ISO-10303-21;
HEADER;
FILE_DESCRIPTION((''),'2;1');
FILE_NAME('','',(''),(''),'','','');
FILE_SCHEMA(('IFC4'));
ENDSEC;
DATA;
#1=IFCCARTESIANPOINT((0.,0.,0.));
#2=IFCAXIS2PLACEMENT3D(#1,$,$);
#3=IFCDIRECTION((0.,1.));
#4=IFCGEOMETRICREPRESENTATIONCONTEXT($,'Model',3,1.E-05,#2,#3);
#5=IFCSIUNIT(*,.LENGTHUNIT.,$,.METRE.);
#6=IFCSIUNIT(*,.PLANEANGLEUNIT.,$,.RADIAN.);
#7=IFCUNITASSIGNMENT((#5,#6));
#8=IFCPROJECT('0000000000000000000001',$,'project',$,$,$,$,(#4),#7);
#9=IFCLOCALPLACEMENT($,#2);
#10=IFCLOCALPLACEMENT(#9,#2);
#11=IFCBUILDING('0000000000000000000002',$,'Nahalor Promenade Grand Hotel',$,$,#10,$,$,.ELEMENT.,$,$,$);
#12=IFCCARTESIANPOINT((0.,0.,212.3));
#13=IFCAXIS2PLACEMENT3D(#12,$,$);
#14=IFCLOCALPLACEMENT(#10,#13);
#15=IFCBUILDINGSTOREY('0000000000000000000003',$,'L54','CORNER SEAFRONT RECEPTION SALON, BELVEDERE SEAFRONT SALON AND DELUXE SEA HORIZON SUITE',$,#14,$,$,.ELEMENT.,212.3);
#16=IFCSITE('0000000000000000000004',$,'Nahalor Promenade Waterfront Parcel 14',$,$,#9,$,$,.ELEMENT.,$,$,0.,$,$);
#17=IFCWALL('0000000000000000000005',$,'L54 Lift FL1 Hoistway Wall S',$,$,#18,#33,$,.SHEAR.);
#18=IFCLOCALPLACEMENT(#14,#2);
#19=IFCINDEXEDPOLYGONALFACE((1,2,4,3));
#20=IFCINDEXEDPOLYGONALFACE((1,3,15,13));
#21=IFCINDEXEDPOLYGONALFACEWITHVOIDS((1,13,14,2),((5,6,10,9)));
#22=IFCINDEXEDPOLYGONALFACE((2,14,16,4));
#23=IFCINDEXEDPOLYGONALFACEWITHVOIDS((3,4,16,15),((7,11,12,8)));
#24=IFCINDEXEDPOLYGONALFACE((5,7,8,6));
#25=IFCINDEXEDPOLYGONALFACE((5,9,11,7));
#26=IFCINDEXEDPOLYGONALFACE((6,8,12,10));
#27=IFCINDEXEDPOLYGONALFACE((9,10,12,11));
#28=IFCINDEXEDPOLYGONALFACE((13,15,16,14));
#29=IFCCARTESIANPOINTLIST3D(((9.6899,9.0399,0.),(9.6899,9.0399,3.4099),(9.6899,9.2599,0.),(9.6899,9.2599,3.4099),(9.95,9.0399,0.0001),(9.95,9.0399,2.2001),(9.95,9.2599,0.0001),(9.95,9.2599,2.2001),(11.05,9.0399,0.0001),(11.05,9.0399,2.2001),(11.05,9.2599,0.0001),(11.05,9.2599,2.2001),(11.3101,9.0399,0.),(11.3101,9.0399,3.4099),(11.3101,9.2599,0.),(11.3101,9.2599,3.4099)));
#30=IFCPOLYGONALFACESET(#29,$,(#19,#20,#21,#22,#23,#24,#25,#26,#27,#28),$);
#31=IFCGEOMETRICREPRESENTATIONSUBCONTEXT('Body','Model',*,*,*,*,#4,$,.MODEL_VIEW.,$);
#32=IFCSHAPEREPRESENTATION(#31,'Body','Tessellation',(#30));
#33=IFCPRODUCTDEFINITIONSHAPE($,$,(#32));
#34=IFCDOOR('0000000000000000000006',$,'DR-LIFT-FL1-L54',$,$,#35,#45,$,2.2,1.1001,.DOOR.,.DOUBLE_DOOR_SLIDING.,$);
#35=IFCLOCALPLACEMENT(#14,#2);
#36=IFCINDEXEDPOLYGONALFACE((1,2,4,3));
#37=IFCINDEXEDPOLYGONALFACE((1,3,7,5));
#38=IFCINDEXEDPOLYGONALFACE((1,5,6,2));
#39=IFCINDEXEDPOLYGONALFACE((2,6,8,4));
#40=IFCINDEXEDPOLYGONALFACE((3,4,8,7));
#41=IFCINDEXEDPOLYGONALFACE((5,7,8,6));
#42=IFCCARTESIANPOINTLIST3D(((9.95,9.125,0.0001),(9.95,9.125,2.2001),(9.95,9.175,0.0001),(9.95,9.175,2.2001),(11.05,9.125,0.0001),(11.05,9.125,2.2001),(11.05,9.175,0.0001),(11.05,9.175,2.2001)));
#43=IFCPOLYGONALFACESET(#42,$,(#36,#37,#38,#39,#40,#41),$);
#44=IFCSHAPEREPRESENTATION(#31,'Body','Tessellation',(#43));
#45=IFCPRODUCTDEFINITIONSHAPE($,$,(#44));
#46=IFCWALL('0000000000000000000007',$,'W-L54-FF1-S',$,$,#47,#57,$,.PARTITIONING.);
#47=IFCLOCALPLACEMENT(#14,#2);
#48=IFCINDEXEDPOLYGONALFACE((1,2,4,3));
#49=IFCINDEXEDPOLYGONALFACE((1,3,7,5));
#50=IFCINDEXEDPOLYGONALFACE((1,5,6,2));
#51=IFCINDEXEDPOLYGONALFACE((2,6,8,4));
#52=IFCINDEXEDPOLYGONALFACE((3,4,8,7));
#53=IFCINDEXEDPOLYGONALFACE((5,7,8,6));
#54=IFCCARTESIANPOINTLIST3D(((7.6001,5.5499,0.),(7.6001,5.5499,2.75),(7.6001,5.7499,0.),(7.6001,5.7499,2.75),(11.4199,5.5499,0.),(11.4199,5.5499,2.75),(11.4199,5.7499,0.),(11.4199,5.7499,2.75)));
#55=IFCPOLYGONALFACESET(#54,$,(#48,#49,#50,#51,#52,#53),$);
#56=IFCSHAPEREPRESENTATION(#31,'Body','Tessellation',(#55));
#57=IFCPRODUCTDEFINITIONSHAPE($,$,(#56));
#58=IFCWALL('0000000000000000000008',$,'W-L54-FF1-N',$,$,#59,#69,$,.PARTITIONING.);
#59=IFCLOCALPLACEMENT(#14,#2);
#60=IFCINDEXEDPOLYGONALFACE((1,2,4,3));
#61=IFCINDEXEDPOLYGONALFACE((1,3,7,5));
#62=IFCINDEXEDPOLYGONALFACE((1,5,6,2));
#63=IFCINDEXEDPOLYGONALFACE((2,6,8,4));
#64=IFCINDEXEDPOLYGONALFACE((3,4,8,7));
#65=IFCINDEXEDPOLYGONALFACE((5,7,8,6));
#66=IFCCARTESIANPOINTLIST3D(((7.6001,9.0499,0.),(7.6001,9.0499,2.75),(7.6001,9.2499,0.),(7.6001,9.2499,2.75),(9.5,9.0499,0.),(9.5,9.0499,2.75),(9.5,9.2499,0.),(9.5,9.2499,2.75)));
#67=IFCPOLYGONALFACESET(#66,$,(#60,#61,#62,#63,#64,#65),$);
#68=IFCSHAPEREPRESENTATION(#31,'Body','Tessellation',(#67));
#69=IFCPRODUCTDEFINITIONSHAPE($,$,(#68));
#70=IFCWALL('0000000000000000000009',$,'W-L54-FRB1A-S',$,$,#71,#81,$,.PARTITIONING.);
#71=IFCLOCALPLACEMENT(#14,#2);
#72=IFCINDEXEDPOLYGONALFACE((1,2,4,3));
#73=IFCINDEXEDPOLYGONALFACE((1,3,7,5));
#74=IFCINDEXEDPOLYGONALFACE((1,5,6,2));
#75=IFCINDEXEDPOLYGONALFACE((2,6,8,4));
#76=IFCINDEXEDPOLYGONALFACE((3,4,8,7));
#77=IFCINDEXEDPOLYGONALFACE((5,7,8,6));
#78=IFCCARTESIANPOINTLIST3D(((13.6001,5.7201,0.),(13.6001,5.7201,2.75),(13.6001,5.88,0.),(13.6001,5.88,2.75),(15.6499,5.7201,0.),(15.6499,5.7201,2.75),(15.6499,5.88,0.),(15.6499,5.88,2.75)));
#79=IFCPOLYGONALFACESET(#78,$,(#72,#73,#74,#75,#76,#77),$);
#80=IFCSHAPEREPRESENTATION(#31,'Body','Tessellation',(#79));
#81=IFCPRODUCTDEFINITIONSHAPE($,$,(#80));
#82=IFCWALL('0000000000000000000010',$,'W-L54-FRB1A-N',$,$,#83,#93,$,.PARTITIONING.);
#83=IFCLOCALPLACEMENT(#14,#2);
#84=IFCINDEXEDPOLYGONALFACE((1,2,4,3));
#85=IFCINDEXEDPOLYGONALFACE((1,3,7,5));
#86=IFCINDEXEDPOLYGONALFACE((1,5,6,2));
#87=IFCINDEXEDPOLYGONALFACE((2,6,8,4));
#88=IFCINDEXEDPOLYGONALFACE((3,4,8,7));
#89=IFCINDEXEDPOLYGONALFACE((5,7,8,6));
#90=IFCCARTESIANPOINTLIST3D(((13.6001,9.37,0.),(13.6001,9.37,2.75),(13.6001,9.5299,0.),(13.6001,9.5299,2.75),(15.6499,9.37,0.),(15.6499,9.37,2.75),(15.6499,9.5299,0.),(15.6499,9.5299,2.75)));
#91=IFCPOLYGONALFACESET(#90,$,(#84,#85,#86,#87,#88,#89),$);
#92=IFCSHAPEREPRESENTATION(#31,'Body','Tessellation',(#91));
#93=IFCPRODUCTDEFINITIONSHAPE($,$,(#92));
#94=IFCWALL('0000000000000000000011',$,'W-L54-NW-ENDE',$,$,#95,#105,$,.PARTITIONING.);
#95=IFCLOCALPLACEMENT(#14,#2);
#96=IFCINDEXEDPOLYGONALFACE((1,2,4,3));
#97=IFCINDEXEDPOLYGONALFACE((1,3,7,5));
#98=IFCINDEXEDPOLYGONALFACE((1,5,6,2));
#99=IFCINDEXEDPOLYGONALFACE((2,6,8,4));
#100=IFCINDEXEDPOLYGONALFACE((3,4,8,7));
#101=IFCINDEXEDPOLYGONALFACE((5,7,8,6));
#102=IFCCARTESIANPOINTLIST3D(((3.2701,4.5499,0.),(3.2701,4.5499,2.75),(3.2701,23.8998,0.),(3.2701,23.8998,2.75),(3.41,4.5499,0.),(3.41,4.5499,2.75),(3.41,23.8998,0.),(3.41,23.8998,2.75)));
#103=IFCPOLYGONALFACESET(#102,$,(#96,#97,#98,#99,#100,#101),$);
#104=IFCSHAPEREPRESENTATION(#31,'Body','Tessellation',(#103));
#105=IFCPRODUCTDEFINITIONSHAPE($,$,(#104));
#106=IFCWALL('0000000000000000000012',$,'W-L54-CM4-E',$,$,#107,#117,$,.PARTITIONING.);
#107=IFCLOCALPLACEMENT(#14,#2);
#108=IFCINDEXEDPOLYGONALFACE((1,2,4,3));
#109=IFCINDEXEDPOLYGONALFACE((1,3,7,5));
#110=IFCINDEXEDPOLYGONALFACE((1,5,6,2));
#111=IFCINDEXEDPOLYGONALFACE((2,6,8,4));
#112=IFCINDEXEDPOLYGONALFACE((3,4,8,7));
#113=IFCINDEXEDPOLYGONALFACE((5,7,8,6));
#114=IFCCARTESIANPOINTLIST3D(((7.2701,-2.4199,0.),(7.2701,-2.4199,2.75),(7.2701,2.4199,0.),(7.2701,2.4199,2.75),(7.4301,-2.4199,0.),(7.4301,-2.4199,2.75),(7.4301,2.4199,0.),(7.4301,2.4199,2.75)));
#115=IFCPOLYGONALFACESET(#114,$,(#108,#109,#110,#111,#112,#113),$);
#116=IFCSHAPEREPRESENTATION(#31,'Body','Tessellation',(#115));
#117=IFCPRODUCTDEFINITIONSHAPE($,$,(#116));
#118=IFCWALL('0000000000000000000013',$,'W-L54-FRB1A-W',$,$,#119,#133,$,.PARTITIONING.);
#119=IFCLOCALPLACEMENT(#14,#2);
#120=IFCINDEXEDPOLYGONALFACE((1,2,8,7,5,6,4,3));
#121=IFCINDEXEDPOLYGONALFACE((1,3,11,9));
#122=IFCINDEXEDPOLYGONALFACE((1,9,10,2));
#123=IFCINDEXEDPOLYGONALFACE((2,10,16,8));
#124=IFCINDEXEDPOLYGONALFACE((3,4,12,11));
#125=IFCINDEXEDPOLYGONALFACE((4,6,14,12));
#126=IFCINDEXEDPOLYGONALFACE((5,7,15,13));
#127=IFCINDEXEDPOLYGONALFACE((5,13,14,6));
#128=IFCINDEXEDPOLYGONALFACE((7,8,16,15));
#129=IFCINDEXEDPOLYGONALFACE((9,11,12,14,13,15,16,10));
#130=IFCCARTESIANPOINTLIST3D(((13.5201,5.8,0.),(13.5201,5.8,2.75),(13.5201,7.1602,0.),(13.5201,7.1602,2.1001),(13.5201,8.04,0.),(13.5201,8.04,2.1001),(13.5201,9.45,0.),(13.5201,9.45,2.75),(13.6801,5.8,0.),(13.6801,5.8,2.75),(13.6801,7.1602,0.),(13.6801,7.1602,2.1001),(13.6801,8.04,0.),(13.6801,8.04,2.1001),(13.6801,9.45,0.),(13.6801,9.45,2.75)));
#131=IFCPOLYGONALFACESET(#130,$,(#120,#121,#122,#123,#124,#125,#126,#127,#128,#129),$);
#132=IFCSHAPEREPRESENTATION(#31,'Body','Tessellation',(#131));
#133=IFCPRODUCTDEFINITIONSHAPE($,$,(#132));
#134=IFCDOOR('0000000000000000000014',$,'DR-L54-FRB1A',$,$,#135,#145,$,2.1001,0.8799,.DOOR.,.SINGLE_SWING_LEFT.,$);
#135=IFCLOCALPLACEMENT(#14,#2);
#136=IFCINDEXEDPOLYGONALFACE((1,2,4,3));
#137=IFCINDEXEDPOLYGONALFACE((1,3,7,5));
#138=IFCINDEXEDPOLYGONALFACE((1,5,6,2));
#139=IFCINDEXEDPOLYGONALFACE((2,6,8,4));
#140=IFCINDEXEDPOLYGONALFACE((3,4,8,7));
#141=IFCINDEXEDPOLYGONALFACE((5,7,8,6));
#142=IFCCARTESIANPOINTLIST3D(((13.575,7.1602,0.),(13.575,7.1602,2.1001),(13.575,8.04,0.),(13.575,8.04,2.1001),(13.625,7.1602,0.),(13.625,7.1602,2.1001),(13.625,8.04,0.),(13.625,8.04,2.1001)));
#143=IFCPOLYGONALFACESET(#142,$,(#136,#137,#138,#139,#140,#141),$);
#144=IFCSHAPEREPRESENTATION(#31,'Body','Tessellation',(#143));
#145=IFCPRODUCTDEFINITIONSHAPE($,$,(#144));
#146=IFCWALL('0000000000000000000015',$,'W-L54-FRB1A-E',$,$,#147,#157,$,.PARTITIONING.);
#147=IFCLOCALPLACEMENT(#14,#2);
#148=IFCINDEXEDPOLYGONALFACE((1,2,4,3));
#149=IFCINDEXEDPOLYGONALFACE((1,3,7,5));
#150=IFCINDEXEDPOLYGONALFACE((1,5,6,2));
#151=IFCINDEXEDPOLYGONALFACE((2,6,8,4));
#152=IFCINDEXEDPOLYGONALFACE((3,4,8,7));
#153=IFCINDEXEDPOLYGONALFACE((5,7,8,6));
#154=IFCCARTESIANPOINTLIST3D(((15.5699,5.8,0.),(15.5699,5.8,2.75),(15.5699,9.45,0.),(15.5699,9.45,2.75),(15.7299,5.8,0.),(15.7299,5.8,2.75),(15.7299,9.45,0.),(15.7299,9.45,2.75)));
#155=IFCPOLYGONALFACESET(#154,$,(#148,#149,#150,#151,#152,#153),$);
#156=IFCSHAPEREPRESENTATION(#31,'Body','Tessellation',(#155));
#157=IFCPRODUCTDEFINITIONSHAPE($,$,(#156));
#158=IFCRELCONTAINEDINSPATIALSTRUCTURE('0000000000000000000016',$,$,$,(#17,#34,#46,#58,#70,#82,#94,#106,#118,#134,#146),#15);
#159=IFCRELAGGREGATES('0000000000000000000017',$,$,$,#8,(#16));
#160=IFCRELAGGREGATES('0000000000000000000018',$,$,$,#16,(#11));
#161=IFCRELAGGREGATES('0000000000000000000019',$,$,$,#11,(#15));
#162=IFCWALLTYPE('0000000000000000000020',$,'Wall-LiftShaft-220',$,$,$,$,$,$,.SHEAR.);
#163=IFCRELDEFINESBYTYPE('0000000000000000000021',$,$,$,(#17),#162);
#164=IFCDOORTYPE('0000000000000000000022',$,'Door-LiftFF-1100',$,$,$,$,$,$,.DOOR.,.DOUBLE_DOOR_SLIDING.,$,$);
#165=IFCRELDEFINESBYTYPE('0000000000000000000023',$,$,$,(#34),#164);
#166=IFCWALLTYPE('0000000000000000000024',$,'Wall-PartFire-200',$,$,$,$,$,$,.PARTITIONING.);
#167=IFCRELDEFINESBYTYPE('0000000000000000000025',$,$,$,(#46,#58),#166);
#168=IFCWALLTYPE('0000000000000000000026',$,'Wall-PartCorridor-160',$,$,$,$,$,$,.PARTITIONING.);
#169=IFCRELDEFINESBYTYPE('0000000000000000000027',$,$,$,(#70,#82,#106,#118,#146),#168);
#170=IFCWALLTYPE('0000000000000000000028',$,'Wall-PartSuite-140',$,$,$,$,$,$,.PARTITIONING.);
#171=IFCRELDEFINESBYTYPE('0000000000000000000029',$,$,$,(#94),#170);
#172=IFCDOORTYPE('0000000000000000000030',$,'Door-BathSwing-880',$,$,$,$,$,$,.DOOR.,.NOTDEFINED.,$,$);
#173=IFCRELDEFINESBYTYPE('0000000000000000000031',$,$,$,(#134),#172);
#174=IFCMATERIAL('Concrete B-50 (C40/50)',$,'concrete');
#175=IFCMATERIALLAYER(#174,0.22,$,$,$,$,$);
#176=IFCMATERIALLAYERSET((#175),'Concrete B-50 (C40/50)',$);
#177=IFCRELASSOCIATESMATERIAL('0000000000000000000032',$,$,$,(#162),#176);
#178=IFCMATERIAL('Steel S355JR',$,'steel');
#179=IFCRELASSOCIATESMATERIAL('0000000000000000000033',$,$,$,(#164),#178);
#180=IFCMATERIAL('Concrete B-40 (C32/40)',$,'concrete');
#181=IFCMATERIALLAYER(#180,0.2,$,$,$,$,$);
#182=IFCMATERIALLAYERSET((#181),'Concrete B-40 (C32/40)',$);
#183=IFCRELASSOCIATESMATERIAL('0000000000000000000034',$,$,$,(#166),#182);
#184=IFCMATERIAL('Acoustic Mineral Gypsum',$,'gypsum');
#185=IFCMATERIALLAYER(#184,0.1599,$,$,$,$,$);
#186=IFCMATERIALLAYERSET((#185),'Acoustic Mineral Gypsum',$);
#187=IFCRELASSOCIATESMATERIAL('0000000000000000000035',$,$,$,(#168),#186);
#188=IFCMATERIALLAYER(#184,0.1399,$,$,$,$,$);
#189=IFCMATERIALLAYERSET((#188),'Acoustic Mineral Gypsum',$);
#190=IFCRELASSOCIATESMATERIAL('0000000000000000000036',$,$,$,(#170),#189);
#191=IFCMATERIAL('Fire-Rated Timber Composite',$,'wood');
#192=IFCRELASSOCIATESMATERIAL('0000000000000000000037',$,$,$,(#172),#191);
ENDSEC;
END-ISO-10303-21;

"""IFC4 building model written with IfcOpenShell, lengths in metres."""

from ifc_helpers import new_model, si_unit, direction, frame, frame_2d, origin, place, context, subcontext, project, spatial, rectangle, extrude, source, transform, mapped, material, layer, layer_set, type_object, element, fill, save


model = new_model("IFC4")

# Units and contexts
model_context = context("Model", 3, precision=1e-05, world=origin(), true_north=direction((0.0, 1.0)))
body_context = subcontext(model_context, "Body", "Model", "MODEL_VIEW")
ifc_project = project(units=[si_unit("LENGTHUNIT", "METRE"), si_unit("PLANEANGLEUNIT", "RADIAN")], contexts=[model_context])

# Site, building, storey
site_placement = place(None, origin())
site = spatial("IfcSite", under=ifc_project, at=site_placement, Name="Nahalor Promenade Waterfront Parcel 14", CompositionType="ELEMENT", RefElevation=0.0)
building_placement = place(site_placement, origin())
building = spatial("IfcBuilding", under=site, at=building_placement, Name="Nahalor Promenade Grand Hotel", CompositionType="ELEMENT")
storey_placement = place(building_placement, frame((0.0, 0.0, 212.3)))
storey = spatial("IfcBuildingStorey", under=building, at=storey_placement, Name="L54", Description="CORNER SEAFRONT RECEPTION SALON, BELVEDERE SEAFRONT SALON AND DELUXE SEA HORIZON SUITE", CompositionType="ELEMENT", Elevation=212.3)

# Shared definitions
ifc_material_1 = material(Name="Steel S355JR", Category="steel")

# Shared definitions
ifc_material_2 = material(Name="Concrete B-50 (C40/50)", Category="concrete")

# Shared definitions
ifc_layer_1 = layer(ifc_material_2, 0.22)
ifc_layer_set_1 = layer_set([ifc_layer_1], Name="Concrete B-50 (C40/50)")
wall_type_1 = type_object("IfcWallType", Name="Wall-LiftShaft-220", PredefinedType="SHEAR", material=ifc_layer_set_1)

# Wall, opening, door
shared_shape_1 = source(origin(), body_context, "Body", "SweptSolid", [
    extrude(rectangle(XDim=1.6201, YDim=0.22, at=frame_2d((0.8101, 0.0))), origin(), (0.0, 0.0, 1.0), 3.4099),
])
wall_1_placement = place(storey_placement, frame((9.6899, 9.1499, 0.0), z_axis=(0.0, 0.0, 1.0), x_axis=(1.0, 0.0, 0.0)))
wall_1 = element("IfcWall", 1, at=wall_1_placement, inside=storey, type_object=wall_type_1, Name="L54 Lift FL1 Hoistway Wall S", PredefinedType="SHEAR", context=body_context, shape_type="MappedRepresentation", body=[
    mapped(shared_shape_1, transform((0.0, 0.0, 0.0), scale=1.0)),
])
opening_1_placement = place(wall_1_placement, frame((0.26, 0.0, 0.0)))
opening_1 = element("IfcOpeningElement", 2, at=opening_1_placement, cuts=wall_1, PredefinedType="OPENING", context=body_context, shape_type="SweptSolid", body=[
    extrude(rectangle(XDim=1.1001, YDim=2.2, at=frame_2d((0.55, 1.1001))), frame((0.0, 0.1199, 0.0), z_axis=(0.0, -1.0, 0.0), x_axis=(1.0, 0.0, 0.0)), (0.0, 0.0, 1.0), 0.24),
])
door_type_1 = type_object("IfcDoorType", Name="Door-LiftFF-1100", OperationType="DOUBLE_DOOR_SLIDING", PredefinedType="DOOR", material=ifc_material_1)
shared_shape_2 = source(origin(), body_context, "Body", "SweptSolid", [
    extrude(rectangle(XDim=1.1001, YDim=2.2, at=frame_2d((0.55, 1.1001))), frame((0.0, 0.0249, 0.0), z_axis=(0.0, -1.0, 0.0), x_axis=(1.0, 0.0, 0.0)), (0.0, 0.0, 1.0), 0.05),
])
door_1_placement = place(opening_1_placement, frame((1.1001, 0.0, 0.0), z_axis=(0.0, 0.0, 1.0), x_axis=(-1.0, 0.0, 0.0)))
door_1 = element("IfcDoor", 3, at=door_1_placement, inside=storey, type_object=door_type_1, Name="DR-LIFT-FL1-L54", OperationType="DOUBLE_DOOR_SLIDING", OverallHeight=2.2, OverallWidth=1.1001, PredefinedType="DOOR", context=body_context, shape_type="MappedRepresentation", body=[
    mapped(shared_shape_2, transform((0.0, 0.0, 0.0), scale=1.0)),
])
fill(opening_1, door_1)

# Walls
ifc_material_3 = material(Name="Concrete B-40 (C32/40)", Category="concrete")
ifc_layer_2 = layer(ifc_material_3, 0.2)
ifc_layer_set_2 = layer_set([ifc_layer_2], Name="Concrete B-40 (C32/40)")
wall_type_2 = type_object("IfcWallType", Name="Wall-PartFire-200", PredefinedType="PARTITIONING", material=ifc_layer_set_2)
shared_shape_3 = source(origin(), body_context, "Body", "SweptSolid", [
    extrude(rectangle(XDim=3.8198, YDim=0.2, at=frame_2d((1.9099, 0.0))), origin(), (0.0, 0.0, 1.0), 2.75),
])
wall_2_placement = place(storey_placement, frame((7.6001, 5.6499, 0.0), z_axis=(0.0, 0.0, 1.0), x_axis=(1.0, 0.0, 0.0)))
element("IfcWall", 4, at=wall_2_placement, inside=storey, type_object=wall_type_2, Name="W-L54-FF1-S", PredefinedType="PARTITIONING", context=body_context, shape_type="MappedRepresentation", body=[
    mapped(shared_shape_3, transform((0.0, 0.0, 0.0), scale=1.0)),
])
shared_shape_4 = source(origin(), body_context, "Body", "SweptSolid", [
    extrude(rectangle(XDim=1.8999, YDim=0.2, at=frame_2d((0.95, 0.0))), origin(), (0.0, 0.0, 1.0), 2.75),
])
wall_3_placement = place(storey_placement, frame((7.6001, 9.1499, 0.0), z_axis=(0.0, 0.0, 1.0), x_axis=(1.0, 0.0, 0.0)))
element("IfcWall", 5, at=wall_3_placement, inside=storey, type_object=wall_type_2, Name="W-L54-FF1-N", PredefinedType="PARTITIONING", context=body_context, shape_type="MappedRepresentation", body=[
    mapped(shared_shape_4, transform((0.0, 0.0, 0.0), scale=1.0)),
])

# Walls
ifc_material_4 = material(Name="Acoustic Mineral Gypsum", Category="gypsum")
ifc_layer_3 = layer(ifc_material_4, 0.1599)
ifc_layer_set_3 = layer_set([ifc_layer_3], Name="Acoustic Mineral Gypsum")
wall_type_3 = type_object("IfcWallType", Name="Wall-PartCorridor-160", PredefinedType="PARTITIONING", material=ifc_layer_set_3)
shared_shape_5 = source(origin(), body_context, "Body", "SweptSolid", [
    extrude(rectangle(XDim=2.0498, YDim=0.1599, at=frame_2d((1.0249, 0.0))), origin(), (0.0, 0.0, 1.0), 2.75),
])
for number, where, z_axis, x_axis, name in (
    (6, (13.6001, 5.8, 0.0), (0.0, 0.0, 1.0), (1.0, 0.0, 0.0), "W-L54-FRB1A-S"),
    (7, (13.6001, 9.45, 0.0), (0.0, 0.0, 1.0), (1.0, 0.0, 0.0), "W-L54-FRB1A-N"),
):
    element("IfcWall", number, at=place(storey_placement, frame(where, z_axis=z_axis, x_axis=x_axis)), inside=storey, type_object=wall_type_3, Name=name, PredefinedType="PARTITIONING", context=body_context, shape_type="MappedRepresentation", body=[
        mapped(shared_shape_5, transform((0.0, 0.0, 0.0), scale=1.0)),
    ])
ifc_layer_4 = layer(ifc_material_4, 0.1399)
ifc_layer_set_4 = layer_set([ifc_layer_4], Name="Acoustic Mineral Gypsum")
wall_type_4 = type_object("IfcWallType", Name="Wall-PartSuite-140", PredefinedType="PARTITIONING", material=ifc_layer_set_4)
shared_shape_6 = source(origin(), body_context, "Body", "SweptSolid", [
    extrude(rectangle(XDim=19.3499, YDim=0.1399, at=frame_2d((9.6748, 0.0))), origin(), (0.0, 0.0, 1.0), 2.75),
])
wall_4_placement = place(storey_placement, frame((3.3401, 4.55, 0.0), z_axis=(0.0, 0.0, 1.0), x_axis=(0.0, 1.0, 0.0)))
element("IfcWall", 8, at=wall_4_placement, inside=storey, type_object=wall_type_4, Name="W-L54-NW-ENDE", PredefinedType="PARTITIONING", context=body_context, shape_type="MappedRepresentation", body=[
    mapped(shared_shape_6, transform((0.0, 0.0, 0.0), scale=1.0)),
])
shared_shape_7 = source(origin(), body_context, "Body", "SweptSolid", [
    extrude(rectangle(XDim=4.8398, YDim=0.1599, at=frame_2d((2.4199, 0.0))), origin(), (0.0, 0.0, 1.0), 2.75),
])
wall_5_placement = place(storey_placement, frame((7.3501, -2.4199, 0.0), z_axis=(0.0, 0.0, 1.0), x_axis=(0.0, 1.0, 0.0)))
element("IfcWall", 9, at=wall_5_placement, inside=storey, type_object=wall_type_3, Name="W-L54-CM4-E", PredefinedType="PARTITIONING", context=body_context, shape_type="MappedRepresentation", body=[
    mapped(shared_shape_7, transform((0.0, 0.0, 0.0), scale=1.0)),
])

# Wall, opening, door
shared_shape_8 = source(origin(), body_context, "Body", "SweptSolid", [
    extrude(rectangle(XDim=3.6499, YDim=0.1599, at=frame_2d((1.825, 0.0))), origin(), (0.0, 0.0, 1.0), 2.75),
])
wall_6_placement = place(storey_placement, frame((13.6001, 5.8, 0.0), z_axis=(0.0, 0.0, 1.0), x_axis=(0.0, 1.0, 0.0)))
wall_6 = element("IfcWall", 10, at=wall_6_placement, inside=storey, type_object=wall_type_3, Name="W-L54-FRB1A-W", PredefinedType="PARTITIONING", context=body_context, shape_type="MappedRepresentation", body=[
    mapped(shared_shape_8, transform((0.0, 0.0, 0.0), scale=1.0)),
])
opening_2_placement = place(wall_6_placement, frame((1.3601, 0.0, 0.0)))
opening_2 = element("IfcOpeningElement", 11, at=opening_2_placement, cuts=wall_6, PredefinedType="OPENING", context=body_context, shape_type="SweptSolid", body=[
    extrude(rectangle(XDim=0.8799, YDim=2.1001, at=frame_2d((0.4399, 1.05))), frame((0.0, 0.0898, 0.0), z_axis=(0.0, -1.0, 0.0), x_axis=(1.0, 0.0, 0.0)), (0.0, 0.0, 1.0), 0.1799),
])
ifc_material_5 = material(Name="Fire-Rated Timber Composite", Category="wood")
door_type_2 = type_object("IfcDoorType", Name="Door-BathSwing-880", OperationType="NOTDEFINED", PredefinedType="DOOR", material=ifc_material_5)
shared_shape_9 = source(origin(), body_context, "Body", "SweptSolid", [
    extrude(rectangle(XDim=0.8799, YDim=2.1001, at=frame_2d((0.4399, 1.05))), frame((0.0, 0.0249, 0.0), z_axis=(0.0, -1.0, 0.0), x_axis=(1.0, 0.0, 0.0)), (0.0, 0.0, 1.0), 0.05),
])
door_2_placement = place(opening_2_placement, frame((0.8799, 0.0, 0.0), z_axis=(0.0, 0.0, 1.0), x_axis=(-1.0, 0.0, 0.0)))
door_2 = element("IfcDoor", 12, at=door_2_placement, inside=storey, type_object=door_type_2, Name="DR-L54-FRB1A", OperationType="SINGLE_SWING_LEFT", OverallHeight=2.1001, OverallWidth=0.8799, PredefinedType="DOOR", context=body_context, shape_type="MappedRepresentation", body=[
    mapped(shared_shape_9, transform((0.0, 0.0, 0.0), scale=1.0)),
])
fill(opening_2, door_2)

# Wall
wall_7_placement = place(storey_placement, frame((15.6499, 5.8, 0.0), z_axis=(0.0, 0.0, 1.0), x_axis=(0.0, 1.0, 0.0)))
element("IfcWall", 13, at=wall_7_placement, inside=storey, type_object=wall_type_3, Name="W-L54-FRB1A-E", PredefinedType="PARTITIONING", context=body_context, shape_type="MappedRepresentation", body=[
    mapped(shared_shape_8, transform((0.0, 0.0, 0.0), scale=1.0)),
])

save(model, "model.ifc")
